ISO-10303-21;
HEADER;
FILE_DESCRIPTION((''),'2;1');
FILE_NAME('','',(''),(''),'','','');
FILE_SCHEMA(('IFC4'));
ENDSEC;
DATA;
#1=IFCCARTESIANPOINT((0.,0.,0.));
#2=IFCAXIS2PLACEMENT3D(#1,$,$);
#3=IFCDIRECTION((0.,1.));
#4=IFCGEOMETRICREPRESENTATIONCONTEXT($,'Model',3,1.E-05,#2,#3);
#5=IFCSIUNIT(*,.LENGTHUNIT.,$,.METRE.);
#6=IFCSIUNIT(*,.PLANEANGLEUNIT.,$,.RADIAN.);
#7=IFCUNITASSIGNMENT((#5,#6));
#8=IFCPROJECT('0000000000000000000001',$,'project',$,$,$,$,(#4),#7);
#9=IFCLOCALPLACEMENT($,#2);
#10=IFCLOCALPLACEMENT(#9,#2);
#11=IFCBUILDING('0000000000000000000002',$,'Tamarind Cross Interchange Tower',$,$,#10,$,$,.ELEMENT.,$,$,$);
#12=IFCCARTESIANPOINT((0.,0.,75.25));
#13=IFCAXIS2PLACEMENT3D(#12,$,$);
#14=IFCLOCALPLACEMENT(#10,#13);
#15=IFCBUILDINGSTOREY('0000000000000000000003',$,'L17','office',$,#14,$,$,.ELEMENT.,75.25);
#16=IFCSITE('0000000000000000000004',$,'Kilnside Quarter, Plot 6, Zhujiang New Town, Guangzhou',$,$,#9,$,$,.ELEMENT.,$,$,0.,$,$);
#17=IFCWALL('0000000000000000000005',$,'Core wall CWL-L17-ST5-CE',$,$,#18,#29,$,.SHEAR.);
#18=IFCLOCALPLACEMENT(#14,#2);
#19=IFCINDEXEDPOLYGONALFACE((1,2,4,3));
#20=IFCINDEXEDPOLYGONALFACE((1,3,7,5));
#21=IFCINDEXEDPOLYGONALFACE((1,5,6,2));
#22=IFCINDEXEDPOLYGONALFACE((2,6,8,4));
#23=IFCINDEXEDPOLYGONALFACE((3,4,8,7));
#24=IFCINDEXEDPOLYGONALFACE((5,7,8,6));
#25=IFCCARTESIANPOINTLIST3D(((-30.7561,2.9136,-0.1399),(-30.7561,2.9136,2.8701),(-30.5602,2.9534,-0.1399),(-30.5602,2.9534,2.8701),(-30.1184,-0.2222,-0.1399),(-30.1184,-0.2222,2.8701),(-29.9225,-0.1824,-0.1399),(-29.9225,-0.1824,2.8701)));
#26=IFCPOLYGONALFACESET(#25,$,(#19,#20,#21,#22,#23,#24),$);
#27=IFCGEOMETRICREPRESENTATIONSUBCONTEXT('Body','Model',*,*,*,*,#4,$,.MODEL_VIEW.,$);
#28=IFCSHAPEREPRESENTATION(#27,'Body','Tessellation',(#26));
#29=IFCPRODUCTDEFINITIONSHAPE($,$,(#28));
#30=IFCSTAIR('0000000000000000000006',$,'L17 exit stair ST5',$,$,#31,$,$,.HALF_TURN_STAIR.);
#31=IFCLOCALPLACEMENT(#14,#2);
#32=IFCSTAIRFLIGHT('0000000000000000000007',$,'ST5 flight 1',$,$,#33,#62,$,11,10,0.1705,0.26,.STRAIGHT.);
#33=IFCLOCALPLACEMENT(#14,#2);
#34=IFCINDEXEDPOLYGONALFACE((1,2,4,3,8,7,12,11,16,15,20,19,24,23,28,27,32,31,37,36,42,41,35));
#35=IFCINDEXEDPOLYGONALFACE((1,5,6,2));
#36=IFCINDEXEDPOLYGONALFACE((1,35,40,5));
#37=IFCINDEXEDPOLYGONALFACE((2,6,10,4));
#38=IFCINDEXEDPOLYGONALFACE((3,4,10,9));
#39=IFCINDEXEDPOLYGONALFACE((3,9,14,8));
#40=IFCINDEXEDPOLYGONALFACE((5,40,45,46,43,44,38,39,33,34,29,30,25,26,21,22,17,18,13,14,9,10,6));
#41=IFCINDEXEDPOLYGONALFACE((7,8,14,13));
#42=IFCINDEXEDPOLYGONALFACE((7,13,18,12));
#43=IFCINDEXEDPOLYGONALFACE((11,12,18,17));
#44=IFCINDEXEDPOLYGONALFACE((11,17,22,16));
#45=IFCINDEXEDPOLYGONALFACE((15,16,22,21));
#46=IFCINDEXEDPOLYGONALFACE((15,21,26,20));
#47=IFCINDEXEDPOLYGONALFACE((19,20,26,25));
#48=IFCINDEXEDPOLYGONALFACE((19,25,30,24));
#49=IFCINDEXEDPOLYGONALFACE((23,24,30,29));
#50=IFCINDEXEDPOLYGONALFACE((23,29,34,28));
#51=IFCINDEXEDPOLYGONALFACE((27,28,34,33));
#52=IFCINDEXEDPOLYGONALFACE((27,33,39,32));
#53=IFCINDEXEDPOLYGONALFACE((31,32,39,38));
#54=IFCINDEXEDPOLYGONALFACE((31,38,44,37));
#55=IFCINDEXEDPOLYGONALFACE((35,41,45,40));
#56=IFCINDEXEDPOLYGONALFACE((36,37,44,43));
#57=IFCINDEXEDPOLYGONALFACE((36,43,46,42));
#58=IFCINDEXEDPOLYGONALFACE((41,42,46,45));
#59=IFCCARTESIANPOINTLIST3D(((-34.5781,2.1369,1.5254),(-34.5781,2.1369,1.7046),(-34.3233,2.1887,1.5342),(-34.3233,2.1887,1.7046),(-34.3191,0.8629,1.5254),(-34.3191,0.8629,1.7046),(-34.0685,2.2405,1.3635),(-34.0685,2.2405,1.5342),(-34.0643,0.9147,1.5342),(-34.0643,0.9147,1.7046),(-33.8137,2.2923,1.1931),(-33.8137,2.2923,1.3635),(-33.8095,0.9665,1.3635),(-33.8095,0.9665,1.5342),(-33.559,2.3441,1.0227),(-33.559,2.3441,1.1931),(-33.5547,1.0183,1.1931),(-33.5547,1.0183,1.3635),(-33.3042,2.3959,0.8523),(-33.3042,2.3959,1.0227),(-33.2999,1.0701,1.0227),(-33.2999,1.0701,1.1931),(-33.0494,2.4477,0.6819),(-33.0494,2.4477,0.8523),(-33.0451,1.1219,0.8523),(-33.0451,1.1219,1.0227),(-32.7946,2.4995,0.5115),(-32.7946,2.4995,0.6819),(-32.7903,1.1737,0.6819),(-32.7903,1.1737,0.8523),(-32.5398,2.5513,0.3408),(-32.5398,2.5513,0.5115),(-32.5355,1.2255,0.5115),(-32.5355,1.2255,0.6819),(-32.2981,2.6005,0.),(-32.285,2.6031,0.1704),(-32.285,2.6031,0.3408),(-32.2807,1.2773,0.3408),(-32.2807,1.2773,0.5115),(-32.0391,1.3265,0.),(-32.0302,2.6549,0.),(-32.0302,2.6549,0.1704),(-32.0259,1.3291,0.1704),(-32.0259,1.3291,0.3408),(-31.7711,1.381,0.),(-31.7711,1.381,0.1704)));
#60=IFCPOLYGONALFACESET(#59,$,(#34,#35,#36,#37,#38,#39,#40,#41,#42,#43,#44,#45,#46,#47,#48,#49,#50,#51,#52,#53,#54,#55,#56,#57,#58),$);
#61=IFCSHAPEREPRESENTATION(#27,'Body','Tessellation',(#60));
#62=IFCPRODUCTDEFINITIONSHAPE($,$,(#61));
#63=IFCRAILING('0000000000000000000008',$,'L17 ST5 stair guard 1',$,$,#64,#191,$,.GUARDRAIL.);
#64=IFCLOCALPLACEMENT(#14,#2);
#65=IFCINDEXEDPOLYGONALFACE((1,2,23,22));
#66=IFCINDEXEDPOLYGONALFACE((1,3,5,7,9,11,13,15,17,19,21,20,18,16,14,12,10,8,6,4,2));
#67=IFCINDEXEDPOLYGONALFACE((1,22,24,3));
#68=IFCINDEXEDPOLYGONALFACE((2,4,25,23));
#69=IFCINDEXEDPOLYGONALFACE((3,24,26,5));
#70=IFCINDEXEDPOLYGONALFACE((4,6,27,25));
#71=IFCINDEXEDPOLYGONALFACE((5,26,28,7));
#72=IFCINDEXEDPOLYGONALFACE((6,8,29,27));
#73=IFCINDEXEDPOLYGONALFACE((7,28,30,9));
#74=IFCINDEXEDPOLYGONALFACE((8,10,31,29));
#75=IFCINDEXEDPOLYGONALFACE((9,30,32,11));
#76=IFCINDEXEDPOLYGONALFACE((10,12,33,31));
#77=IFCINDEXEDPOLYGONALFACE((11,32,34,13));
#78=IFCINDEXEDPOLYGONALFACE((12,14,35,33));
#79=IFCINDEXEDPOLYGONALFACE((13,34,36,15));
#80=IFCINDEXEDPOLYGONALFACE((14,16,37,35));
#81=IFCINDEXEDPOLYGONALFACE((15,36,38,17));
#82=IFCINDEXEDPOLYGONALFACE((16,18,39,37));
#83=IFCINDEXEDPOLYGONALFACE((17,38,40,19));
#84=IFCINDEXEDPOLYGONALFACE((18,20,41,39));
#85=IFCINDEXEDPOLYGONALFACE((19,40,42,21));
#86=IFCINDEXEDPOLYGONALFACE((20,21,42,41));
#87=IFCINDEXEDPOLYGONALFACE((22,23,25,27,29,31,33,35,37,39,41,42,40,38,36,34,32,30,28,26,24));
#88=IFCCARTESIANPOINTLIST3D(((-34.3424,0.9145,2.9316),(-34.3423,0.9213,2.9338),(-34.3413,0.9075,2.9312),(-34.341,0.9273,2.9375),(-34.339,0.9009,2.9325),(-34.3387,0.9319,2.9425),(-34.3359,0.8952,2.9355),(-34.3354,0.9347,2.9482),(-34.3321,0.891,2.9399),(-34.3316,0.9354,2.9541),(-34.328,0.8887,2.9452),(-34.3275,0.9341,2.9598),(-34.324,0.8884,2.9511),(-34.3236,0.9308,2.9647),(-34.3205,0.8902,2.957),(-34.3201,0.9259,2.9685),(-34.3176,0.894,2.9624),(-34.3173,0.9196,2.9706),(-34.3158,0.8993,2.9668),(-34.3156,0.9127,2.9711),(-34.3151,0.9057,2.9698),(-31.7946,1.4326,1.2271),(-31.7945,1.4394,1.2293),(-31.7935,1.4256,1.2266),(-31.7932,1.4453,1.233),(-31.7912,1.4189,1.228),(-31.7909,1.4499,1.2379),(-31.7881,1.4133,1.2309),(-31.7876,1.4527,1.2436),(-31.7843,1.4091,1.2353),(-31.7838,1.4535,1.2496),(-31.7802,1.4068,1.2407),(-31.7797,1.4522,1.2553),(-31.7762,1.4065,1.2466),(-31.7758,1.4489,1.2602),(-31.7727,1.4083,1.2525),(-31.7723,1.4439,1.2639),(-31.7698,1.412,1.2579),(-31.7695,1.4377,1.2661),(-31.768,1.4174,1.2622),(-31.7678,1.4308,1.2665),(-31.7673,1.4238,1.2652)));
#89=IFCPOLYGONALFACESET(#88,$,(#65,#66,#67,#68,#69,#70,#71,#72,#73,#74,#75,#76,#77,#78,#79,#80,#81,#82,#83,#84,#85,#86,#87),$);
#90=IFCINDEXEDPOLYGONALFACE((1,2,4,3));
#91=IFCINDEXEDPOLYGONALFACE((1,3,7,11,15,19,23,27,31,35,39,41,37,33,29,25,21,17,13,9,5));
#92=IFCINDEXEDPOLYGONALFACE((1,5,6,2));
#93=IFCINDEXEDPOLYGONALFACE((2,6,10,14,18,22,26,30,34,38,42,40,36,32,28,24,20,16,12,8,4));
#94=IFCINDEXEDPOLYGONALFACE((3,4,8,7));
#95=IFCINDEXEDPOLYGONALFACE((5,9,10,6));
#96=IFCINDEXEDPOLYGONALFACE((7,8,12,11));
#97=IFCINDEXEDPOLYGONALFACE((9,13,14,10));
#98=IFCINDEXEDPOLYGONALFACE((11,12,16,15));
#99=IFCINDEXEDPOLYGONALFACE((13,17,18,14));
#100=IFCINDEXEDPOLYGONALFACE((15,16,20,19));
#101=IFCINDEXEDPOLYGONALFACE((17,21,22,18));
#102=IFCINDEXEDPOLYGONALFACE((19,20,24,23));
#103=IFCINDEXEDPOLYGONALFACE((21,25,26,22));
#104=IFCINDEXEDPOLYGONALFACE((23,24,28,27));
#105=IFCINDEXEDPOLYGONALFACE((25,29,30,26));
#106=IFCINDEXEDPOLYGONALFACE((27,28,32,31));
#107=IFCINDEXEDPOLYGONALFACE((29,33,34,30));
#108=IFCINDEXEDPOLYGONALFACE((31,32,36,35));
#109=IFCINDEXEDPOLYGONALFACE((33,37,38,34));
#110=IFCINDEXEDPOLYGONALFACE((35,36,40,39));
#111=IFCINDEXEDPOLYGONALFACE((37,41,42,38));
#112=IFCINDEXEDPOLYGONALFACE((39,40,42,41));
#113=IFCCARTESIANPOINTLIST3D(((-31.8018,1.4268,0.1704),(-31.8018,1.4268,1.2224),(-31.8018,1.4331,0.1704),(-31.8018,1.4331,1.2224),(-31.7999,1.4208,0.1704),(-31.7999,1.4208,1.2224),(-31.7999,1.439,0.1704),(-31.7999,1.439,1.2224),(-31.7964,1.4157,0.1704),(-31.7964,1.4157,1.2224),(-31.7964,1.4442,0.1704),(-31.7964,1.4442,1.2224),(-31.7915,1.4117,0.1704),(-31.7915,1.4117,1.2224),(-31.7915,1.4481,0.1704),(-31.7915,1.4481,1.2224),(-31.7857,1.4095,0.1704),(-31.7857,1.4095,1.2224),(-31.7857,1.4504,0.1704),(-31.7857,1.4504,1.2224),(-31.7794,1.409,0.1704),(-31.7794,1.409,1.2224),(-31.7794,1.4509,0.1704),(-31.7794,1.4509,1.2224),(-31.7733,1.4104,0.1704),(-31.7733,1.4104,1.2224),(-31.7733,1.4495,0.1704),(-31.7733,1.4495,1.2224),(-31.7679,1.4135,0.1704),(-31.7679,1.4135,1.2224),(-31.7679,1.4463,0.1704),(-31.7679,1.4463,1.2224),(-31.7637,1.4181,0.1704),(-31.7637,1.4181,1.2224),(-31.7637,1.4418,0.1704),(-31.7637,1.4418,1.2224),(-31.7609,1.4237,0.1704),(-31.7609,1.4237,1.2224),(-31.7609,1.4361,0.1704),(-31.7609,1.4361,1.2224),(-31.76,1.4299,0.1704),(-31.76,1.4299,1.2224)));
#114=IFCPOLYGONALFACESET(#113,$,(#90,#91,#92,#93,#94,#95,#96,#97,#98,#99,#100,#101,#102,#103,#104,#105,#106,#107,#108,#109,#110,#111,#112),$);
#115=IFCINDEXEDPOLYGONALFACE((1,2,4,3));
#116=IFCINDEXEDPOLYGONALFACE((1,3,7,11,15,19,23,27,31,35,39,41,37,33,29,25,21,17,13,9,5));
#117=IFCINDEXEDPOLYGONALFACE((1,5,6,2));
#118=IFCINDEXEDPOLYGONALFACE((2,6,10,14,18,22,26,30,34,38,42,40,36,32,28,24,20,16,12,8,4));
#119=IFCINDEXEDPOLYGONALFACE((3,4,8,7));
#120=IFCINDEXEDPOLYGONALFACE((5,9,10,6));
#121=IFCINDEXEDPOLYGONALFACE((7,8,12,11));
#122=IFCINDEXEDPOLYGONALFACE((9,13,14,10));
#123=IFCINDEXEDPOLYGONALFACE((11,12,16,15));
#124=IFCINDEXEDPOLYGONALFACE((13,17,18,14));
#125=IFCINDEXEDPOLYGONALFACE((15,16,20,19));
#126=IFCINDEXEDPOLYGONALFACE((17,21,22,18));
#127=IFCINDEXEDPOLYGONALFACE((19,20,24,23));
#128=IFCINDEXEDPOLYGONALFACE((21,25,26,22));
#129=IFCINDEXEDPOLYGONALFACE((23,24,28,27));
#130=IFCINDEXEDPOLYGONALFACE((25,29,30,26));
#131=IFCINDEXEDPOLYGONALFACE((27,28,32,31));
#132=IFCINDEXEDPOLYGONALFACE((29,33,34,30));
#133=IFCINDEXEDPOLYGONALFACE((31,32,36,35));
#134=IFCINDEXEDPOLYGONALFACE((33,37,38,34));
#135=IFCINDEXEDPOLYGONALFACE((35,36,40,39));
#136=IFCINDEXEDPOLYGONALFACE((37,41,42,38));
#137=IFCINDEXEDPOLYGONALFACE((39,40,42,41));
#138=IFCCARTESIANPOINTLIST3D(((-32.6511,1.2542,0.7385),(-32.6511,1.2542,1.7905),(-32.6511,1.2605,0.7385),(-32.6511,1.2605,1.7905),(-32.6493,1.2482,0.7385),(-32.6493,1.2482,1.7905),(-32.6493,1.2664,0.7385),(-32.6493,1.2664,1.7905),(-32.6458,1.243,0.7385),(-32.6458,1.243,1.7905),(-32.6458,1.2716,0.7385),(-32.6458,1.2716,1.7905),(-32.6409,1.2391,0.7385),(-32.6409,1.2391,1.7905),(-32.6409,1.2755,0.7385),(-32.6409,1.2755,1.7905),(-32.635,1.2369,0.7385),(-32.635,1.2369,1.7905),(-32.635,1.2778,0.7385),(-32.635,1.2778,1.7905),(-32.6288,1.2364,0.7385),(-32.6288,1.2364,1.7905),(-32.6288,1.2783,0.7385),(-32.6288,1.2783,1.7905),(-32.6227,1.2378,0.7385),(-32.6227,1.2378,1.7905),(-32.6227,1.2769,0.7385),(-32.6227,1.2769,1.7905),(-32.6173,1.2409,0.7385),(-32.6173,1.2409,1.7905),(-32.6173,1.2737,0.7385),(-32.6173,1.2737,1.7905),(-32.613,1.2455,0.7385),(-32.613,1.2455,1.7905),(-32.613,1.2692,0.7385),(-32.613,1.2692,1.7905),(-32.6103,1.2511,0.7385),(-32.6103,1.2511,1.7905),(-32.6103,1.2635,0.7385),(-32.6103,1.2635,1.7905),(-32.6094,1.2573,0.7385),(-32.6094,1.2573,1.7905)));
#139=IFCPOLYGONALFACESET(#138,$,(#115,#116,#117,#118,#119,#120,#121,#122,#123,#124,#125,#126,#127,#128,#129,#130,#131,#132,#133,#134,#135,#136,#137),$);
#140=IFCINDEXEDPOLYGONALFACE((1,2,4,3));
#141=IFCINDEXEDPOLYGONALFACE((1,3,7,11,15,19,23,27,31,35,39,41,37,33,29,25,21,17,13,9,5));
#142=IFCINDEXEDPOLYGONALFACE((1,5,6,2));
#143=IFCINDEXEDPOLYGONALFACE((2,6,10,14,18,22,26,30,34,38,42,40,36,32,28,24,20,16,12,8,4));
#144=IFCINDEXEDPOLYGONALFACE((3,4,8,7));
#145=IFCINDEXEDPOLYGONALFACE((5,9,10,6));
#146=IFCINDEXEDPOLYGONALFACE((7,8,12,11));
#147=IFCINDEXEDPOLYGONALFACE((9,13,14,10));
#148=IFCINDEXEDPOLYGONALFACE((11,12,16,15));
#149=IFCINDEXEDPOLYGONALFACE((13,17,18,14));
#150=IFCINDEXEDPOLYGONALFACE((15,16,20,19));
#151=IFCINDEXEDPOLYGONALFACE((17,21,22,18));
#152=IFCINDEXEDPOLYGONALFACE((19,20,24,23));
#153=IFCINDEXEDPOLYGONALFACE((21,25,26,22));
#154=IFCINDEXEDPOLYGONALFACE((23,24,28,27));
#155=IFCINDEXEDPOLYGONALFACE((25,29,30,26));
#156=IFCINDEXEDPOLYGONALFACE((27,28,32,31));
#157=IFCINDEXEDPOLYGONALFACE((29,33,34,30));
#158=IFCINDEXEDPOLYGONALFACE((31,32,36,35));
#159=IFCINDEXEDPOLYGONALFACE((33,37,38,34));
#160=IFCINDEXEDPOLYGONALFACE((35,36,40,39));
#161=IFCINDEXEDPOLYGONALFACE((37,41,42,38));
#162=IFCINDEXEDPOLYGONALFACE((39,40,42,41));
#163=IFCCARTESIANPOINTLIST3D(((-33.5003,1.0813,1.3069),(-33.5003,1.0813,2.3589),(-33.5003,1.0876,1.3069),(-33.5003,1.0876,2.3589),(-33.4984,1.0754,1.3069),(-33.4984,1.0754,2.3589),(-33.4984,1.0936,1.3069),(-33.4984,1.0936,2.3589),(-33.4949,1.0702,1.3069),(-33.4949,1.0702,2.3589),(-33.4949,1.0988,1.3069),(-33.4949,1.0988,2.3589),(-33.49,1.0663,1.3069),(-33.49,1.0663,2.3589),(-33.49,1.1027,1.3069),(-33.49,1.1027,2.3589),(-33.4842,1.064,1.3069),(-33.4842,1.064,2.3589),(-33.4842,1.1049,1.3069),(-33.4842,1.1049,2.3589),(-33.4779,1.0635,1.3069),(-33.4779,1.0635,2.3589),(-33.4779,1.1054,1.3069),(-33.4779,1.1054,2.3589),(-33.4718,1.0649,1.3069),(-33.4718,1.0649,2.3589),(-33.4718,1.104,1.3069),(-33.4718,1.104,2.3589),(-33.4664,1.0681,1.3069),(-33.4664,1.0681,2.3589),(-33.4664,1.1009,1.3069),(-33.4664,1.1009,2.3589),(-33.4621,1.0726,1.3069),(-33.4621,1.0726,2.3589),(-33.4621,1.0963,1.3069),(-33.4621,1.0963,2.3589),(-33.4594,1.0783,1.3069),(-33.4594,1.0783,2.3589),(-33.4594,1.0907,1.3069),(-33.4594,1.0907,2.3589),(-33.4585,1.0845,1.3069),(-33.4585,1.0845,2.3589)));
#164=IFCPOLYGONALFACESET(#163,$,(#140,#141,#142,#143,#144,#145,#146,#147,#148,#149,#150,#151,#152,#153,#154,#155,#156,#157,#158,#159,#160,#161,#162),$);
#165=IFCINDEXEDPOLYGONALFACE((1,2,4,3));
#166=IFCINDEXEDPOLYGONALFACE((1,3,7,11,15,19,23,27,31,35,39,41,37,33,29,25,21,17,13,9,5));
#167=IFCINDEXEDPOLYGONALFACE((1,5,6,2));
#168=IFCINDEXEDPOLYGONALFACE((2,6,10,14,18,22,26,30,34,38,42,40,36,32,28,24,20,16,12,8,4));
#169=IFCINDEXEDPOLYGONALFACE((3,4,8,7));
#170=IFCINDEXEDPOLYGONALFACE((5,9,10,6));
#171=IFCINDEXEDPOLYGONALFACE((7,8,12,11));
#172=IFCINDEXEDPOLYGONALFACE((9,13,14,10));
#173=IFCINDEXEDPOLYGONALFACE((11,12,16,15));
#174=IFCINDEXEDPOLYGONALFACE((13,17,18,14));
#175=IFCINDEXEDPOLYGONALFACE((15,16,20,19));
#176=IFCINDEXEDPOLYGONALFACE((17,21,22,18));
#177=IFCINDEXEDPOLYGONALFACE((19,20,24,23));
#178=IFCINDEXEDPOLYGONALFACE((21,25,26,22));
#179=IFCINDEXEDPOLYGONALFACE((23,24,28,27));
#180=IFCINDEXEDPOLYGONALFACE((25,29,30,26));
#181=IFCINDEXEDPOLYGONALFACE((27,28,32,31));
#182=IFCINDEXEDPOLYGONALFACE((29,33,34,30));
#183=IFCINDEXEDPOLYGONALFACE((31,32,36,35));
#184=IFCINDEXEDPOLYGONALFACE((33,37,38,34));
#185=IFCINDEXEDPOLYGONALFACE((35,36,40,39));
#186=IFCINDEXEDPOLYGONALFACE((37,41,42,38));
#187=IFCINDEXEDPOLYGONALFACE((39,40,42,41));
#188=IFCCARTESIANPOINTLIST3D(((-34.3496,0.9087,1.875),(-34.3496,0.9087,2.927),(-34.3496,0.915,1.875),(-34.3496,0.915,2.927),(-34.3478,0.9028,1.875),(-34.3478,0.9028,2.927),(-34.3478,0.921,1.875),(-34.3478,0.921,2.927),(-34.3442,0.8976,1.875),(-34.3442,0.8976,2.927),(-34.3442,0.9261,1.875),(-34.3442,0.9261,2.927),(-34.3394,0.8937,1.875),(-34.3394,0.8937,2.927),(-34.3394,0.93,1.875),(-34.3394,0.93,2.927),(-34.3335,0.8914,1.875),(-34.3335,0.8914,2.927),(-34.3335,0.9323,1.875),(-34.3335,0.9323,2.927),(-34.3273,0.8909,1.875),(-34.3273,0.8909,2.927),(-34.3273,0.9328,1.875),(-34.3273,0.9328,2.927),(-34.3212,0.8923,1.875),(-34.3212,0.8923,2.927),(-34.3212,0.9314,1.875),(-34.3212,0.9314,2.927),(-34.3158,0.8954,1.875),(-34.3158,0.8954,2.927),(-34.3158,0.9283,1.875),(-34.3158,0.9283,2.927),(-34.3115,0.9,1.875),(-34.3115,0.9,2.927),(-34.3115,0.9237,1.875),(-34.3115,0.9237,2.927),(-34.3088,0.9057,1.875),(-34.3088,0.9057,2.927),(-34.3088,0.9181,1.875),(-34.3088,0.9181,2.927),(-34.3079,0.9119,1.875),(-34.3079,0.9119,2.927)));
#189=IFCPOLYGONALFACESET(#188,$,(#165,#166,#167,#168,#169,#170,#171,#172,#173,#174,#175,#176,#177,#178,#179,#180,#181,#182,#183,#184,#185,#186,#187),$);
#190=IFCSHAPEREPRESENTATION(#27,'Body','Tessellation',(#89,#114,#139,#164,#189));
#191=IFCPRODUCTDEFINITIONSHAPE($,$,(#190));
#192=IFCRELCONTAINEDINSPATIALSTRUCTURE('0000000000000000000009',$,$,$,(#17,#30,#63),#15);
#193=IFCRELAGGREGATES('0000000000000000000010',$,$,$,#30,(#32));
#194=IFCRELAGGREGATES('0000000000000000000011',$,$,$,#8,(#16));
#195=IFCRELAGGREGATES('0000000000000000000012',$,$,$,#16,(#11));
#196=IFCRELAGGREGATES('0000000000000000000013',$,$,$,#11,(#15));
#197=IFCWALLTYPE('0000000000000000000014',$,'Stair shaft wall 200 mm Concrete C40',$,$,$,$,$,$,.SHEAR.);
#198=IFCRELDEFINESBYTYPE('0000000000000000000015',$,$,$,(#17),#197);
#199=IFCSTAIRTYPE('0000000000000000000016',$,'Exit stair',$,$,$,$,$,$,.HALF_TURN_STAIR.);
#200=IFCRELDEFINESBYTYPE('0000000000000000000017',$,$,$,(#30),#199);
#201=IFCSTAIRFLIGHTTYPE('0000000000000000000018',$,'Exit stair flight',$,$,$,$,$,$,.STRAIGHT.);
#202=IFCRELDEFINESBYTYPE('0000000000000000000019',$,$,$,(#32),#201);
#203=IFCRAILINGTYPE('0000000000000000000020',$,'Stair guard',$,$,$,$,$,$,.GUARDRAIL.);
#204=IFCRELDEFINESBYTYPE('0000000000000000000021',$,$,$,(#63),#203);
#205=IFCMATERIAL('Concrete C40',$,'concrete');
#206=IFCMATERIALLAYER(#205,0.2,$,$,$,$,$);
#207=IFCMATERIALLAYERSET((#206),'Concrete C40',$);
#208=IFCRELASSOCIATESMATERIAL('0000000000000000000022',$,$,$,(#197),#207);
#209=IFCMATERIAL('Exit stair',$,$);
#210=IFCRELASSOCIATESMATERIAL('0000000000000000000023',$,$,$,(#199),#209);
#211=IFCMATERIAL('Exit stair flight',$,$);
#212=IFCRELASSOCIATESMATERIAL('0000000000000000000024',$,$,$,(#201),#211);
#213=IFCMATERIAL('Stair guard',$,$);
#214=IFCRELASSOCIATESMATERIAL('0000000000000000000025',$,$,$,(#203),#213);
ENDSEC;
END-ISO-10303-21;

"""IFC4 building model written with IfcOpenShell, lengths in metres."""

from ifc_helpers import new_model, si_unit, direction, frame, frame_2d, origin, origin_2d, place, context, subcontext, project, spatial, polyline, rectangle, circle, outline, extrude, material, layer, layer_set, type_object, element, aggregate, save


model = new_model("IFC4")

# Units and contexts
model_context = context("Model", 3, precision=1e-05, world=origin(), true_north=direction((0.0, 1.0)))
body_context = subcontext(model_context, "Body", "Model", "MODEL_VIEW")
ifc_project = project(units=[si_unit("LENGTHUNIT", "METRE"), si_unit("PLANEANGLEUNIT", "RADIAN")], contexts=[model_context])

# Site, building, storey
site_placement = place(None, origin())
site = spatial("IfcSite", under=ifc_project, at=site_placement, Name="Kilnside Quarter, Plot 6, Zhujiang New Town, Guangzhou", CompositionType="ELEMENT", RefElevation=0.0)
building_placement = place(site_placement, origin())
building = spatial("IfcBuilding", under=site, at=building_placement, Name="Tamarind Cross Interchange Tower", CompositionType="ELEMENT")
storey_placement = place(building_placement, frame((0.0, 0.0, 75.25)))
storey = spatial("IfcBuildingStorey", under=building, at=storey_placement, Name="L17", Description="office", CompositionType="ELEMENT", Elevation=75.25)

# Wall
ifc_material_1 = material(Name="Concrete C40", Category="concrete")
ifc_layer_1 = layer(ifc_material_1, 0.2)
ifc_layer_set_1 = layer_set([ifc_layer_1], Name="Concrete C40")
wall_type_1 = type_object("IfcWallType", Name="Stair shaft wall 200 mm Concrete C40", PredefinedType="SHEAR", material=ifc_layer_set_1)
wall_1_placement = place(storey_placement, frame((-30.6582, 2.9336, -0.1399), z_axis=(0.0, 0.0, 1.0), x_axis=(0.199284, -0.979942, 0.0)))
element("IfcWall", 1, at=wall_1_placement, inside=storey, type_object=wall_type_1, Name="Core wall CWL-L17-ST5-CE", PredefinedType="SHEAR", context=body_context, shape_type="SweptSolid", body=[
    extrude(rectangle(XDim=3.2, YDim=0.2, at=frame_2d((1.6001, 0.0))), origin(), (0.0, 0.0, 1.0), 3.01),
])

# Stair, stair flight
ifc_material_2 = material(Name="Exit stair")
stair_type = type_object("IfcStairType", Name="Exit stair", PredefinedType="HALF_TURN_STAIR", material=ifc_material_2)
stair_placement = place(storey_placement, origin())
stair = element("IfcStair", 2, at=stair_placement, inside=storey, type_object=stair_type, Name="L17 exit stair ST5", PredefinedType="HALF_TURN_STAIR")
ifc_material_3 = material(Name="Exit stair flight")
stair_flight_type = type_object("IfcStairFlightType", Name="Exit stair flight", PredefinedType="STRAIGHT", material=ifc_material_3)
stair_flight_placement = place(storey_placement, frame((-31.9006, 2.0178, 0.0), z_axis=(0.0, 0.0, 1.0), x_axis=(-0.97995, -0.199245, 0.0)))
stair_flight = element("IfcStairFlight", 3, at=stair_flight_placement, type_object=stair_flight_type, Name="ST5 flight 1", NumberOfRisers=11, NumberOfTreads=10, PredefinedType="STRAIGHT", RiserHeight=0.1705, TreadLength=0.26, context=body_context, shape_type="SweptSolid", body=[
    extrude(outline(polyline([(0.0, 0.0), (0.0, 0.1704), (0.26, 0.1704), (0.26, 0.3408), (0.52, 0.3408), (0.52, 0.5115), (0.78, 0.5115), (0.78, 0.6819), (1.04, 0.6819), (1.04, 0.8523), (1.3, 0.8523), (1.3, 1.0227), (1.5601, 1.0227), (1.5601, 1.1931), (1.8201, 1.1931), (1.8201, 1.3635), (2.0801, 1.3635), (2.0801, 1.5342), (2.3401, 1.5342), (2.3401, 1.7046), (2.6001, 1.7046), (2.6001, 1.875), (2.6001, 1.5254), (0.2734, 0.0), (0.0, 0.0)])), frame((0.0, 0.6499, 0.0), z_axis=(0.0, -1.0, 0.0), x_axis=(1.0, 0.0, 0.0)), (0.0, 0.0, 1.0), 1.3),
])
aggregate(stair, [stair_flight])

# Railing
ifc_material_4 = material(Name="Stair guard")
railing_type_1 = type_object("IfcRailingType", Name="Stair guard", PredefinedType="GUARDRAIL", material=ifc_material_4)
railing_1_placement = place(storey_placement, frame((-31.781, 1.4299, 0.1704)))
element("IfcRailing", 4, at=railing_1_placement, inside=storey, type_object=railing_type_1, Name="L17 ST5 stair guard 1", PredefinedType="GUARDRAIL", context=body_context, shape_type="SweptSolid", body=[
    extrude(circle(Radius=0.0239, at=origin_2d()), frame((0.0, 0.0, 1.0762), z_axis=(-0.819522, -0.166637, 0.548285), x_axis=(0.199257, -0.979947, 0.0)), (0.0, 0.0, 1.0), 3.1089),
    extrude(circle(Radius=0.021, at=origin_2d()), origin(), (0.0, 0.0, 1.0), 1.052),
    extrude(circle(Radius=0.021, at=origin_2d()), frame((-0.8494, -0.1726, 0.5681)), (0.0, 0.0, 1.0), 1.052),
    extrude(circle(Radius=0.021, at=origin_2d()), frame((-1.6985, -0.3455, 1.1365)), (0.0, 0.0, 1.0), 1.052),
    extrude(circle(Radius=0.021, at=origin_2d()), frame((-2.5479, -0.5181, 1.7046)), (0.0, 0.0, 1.0), 1.052),
])

save(model, "model.ifc")
